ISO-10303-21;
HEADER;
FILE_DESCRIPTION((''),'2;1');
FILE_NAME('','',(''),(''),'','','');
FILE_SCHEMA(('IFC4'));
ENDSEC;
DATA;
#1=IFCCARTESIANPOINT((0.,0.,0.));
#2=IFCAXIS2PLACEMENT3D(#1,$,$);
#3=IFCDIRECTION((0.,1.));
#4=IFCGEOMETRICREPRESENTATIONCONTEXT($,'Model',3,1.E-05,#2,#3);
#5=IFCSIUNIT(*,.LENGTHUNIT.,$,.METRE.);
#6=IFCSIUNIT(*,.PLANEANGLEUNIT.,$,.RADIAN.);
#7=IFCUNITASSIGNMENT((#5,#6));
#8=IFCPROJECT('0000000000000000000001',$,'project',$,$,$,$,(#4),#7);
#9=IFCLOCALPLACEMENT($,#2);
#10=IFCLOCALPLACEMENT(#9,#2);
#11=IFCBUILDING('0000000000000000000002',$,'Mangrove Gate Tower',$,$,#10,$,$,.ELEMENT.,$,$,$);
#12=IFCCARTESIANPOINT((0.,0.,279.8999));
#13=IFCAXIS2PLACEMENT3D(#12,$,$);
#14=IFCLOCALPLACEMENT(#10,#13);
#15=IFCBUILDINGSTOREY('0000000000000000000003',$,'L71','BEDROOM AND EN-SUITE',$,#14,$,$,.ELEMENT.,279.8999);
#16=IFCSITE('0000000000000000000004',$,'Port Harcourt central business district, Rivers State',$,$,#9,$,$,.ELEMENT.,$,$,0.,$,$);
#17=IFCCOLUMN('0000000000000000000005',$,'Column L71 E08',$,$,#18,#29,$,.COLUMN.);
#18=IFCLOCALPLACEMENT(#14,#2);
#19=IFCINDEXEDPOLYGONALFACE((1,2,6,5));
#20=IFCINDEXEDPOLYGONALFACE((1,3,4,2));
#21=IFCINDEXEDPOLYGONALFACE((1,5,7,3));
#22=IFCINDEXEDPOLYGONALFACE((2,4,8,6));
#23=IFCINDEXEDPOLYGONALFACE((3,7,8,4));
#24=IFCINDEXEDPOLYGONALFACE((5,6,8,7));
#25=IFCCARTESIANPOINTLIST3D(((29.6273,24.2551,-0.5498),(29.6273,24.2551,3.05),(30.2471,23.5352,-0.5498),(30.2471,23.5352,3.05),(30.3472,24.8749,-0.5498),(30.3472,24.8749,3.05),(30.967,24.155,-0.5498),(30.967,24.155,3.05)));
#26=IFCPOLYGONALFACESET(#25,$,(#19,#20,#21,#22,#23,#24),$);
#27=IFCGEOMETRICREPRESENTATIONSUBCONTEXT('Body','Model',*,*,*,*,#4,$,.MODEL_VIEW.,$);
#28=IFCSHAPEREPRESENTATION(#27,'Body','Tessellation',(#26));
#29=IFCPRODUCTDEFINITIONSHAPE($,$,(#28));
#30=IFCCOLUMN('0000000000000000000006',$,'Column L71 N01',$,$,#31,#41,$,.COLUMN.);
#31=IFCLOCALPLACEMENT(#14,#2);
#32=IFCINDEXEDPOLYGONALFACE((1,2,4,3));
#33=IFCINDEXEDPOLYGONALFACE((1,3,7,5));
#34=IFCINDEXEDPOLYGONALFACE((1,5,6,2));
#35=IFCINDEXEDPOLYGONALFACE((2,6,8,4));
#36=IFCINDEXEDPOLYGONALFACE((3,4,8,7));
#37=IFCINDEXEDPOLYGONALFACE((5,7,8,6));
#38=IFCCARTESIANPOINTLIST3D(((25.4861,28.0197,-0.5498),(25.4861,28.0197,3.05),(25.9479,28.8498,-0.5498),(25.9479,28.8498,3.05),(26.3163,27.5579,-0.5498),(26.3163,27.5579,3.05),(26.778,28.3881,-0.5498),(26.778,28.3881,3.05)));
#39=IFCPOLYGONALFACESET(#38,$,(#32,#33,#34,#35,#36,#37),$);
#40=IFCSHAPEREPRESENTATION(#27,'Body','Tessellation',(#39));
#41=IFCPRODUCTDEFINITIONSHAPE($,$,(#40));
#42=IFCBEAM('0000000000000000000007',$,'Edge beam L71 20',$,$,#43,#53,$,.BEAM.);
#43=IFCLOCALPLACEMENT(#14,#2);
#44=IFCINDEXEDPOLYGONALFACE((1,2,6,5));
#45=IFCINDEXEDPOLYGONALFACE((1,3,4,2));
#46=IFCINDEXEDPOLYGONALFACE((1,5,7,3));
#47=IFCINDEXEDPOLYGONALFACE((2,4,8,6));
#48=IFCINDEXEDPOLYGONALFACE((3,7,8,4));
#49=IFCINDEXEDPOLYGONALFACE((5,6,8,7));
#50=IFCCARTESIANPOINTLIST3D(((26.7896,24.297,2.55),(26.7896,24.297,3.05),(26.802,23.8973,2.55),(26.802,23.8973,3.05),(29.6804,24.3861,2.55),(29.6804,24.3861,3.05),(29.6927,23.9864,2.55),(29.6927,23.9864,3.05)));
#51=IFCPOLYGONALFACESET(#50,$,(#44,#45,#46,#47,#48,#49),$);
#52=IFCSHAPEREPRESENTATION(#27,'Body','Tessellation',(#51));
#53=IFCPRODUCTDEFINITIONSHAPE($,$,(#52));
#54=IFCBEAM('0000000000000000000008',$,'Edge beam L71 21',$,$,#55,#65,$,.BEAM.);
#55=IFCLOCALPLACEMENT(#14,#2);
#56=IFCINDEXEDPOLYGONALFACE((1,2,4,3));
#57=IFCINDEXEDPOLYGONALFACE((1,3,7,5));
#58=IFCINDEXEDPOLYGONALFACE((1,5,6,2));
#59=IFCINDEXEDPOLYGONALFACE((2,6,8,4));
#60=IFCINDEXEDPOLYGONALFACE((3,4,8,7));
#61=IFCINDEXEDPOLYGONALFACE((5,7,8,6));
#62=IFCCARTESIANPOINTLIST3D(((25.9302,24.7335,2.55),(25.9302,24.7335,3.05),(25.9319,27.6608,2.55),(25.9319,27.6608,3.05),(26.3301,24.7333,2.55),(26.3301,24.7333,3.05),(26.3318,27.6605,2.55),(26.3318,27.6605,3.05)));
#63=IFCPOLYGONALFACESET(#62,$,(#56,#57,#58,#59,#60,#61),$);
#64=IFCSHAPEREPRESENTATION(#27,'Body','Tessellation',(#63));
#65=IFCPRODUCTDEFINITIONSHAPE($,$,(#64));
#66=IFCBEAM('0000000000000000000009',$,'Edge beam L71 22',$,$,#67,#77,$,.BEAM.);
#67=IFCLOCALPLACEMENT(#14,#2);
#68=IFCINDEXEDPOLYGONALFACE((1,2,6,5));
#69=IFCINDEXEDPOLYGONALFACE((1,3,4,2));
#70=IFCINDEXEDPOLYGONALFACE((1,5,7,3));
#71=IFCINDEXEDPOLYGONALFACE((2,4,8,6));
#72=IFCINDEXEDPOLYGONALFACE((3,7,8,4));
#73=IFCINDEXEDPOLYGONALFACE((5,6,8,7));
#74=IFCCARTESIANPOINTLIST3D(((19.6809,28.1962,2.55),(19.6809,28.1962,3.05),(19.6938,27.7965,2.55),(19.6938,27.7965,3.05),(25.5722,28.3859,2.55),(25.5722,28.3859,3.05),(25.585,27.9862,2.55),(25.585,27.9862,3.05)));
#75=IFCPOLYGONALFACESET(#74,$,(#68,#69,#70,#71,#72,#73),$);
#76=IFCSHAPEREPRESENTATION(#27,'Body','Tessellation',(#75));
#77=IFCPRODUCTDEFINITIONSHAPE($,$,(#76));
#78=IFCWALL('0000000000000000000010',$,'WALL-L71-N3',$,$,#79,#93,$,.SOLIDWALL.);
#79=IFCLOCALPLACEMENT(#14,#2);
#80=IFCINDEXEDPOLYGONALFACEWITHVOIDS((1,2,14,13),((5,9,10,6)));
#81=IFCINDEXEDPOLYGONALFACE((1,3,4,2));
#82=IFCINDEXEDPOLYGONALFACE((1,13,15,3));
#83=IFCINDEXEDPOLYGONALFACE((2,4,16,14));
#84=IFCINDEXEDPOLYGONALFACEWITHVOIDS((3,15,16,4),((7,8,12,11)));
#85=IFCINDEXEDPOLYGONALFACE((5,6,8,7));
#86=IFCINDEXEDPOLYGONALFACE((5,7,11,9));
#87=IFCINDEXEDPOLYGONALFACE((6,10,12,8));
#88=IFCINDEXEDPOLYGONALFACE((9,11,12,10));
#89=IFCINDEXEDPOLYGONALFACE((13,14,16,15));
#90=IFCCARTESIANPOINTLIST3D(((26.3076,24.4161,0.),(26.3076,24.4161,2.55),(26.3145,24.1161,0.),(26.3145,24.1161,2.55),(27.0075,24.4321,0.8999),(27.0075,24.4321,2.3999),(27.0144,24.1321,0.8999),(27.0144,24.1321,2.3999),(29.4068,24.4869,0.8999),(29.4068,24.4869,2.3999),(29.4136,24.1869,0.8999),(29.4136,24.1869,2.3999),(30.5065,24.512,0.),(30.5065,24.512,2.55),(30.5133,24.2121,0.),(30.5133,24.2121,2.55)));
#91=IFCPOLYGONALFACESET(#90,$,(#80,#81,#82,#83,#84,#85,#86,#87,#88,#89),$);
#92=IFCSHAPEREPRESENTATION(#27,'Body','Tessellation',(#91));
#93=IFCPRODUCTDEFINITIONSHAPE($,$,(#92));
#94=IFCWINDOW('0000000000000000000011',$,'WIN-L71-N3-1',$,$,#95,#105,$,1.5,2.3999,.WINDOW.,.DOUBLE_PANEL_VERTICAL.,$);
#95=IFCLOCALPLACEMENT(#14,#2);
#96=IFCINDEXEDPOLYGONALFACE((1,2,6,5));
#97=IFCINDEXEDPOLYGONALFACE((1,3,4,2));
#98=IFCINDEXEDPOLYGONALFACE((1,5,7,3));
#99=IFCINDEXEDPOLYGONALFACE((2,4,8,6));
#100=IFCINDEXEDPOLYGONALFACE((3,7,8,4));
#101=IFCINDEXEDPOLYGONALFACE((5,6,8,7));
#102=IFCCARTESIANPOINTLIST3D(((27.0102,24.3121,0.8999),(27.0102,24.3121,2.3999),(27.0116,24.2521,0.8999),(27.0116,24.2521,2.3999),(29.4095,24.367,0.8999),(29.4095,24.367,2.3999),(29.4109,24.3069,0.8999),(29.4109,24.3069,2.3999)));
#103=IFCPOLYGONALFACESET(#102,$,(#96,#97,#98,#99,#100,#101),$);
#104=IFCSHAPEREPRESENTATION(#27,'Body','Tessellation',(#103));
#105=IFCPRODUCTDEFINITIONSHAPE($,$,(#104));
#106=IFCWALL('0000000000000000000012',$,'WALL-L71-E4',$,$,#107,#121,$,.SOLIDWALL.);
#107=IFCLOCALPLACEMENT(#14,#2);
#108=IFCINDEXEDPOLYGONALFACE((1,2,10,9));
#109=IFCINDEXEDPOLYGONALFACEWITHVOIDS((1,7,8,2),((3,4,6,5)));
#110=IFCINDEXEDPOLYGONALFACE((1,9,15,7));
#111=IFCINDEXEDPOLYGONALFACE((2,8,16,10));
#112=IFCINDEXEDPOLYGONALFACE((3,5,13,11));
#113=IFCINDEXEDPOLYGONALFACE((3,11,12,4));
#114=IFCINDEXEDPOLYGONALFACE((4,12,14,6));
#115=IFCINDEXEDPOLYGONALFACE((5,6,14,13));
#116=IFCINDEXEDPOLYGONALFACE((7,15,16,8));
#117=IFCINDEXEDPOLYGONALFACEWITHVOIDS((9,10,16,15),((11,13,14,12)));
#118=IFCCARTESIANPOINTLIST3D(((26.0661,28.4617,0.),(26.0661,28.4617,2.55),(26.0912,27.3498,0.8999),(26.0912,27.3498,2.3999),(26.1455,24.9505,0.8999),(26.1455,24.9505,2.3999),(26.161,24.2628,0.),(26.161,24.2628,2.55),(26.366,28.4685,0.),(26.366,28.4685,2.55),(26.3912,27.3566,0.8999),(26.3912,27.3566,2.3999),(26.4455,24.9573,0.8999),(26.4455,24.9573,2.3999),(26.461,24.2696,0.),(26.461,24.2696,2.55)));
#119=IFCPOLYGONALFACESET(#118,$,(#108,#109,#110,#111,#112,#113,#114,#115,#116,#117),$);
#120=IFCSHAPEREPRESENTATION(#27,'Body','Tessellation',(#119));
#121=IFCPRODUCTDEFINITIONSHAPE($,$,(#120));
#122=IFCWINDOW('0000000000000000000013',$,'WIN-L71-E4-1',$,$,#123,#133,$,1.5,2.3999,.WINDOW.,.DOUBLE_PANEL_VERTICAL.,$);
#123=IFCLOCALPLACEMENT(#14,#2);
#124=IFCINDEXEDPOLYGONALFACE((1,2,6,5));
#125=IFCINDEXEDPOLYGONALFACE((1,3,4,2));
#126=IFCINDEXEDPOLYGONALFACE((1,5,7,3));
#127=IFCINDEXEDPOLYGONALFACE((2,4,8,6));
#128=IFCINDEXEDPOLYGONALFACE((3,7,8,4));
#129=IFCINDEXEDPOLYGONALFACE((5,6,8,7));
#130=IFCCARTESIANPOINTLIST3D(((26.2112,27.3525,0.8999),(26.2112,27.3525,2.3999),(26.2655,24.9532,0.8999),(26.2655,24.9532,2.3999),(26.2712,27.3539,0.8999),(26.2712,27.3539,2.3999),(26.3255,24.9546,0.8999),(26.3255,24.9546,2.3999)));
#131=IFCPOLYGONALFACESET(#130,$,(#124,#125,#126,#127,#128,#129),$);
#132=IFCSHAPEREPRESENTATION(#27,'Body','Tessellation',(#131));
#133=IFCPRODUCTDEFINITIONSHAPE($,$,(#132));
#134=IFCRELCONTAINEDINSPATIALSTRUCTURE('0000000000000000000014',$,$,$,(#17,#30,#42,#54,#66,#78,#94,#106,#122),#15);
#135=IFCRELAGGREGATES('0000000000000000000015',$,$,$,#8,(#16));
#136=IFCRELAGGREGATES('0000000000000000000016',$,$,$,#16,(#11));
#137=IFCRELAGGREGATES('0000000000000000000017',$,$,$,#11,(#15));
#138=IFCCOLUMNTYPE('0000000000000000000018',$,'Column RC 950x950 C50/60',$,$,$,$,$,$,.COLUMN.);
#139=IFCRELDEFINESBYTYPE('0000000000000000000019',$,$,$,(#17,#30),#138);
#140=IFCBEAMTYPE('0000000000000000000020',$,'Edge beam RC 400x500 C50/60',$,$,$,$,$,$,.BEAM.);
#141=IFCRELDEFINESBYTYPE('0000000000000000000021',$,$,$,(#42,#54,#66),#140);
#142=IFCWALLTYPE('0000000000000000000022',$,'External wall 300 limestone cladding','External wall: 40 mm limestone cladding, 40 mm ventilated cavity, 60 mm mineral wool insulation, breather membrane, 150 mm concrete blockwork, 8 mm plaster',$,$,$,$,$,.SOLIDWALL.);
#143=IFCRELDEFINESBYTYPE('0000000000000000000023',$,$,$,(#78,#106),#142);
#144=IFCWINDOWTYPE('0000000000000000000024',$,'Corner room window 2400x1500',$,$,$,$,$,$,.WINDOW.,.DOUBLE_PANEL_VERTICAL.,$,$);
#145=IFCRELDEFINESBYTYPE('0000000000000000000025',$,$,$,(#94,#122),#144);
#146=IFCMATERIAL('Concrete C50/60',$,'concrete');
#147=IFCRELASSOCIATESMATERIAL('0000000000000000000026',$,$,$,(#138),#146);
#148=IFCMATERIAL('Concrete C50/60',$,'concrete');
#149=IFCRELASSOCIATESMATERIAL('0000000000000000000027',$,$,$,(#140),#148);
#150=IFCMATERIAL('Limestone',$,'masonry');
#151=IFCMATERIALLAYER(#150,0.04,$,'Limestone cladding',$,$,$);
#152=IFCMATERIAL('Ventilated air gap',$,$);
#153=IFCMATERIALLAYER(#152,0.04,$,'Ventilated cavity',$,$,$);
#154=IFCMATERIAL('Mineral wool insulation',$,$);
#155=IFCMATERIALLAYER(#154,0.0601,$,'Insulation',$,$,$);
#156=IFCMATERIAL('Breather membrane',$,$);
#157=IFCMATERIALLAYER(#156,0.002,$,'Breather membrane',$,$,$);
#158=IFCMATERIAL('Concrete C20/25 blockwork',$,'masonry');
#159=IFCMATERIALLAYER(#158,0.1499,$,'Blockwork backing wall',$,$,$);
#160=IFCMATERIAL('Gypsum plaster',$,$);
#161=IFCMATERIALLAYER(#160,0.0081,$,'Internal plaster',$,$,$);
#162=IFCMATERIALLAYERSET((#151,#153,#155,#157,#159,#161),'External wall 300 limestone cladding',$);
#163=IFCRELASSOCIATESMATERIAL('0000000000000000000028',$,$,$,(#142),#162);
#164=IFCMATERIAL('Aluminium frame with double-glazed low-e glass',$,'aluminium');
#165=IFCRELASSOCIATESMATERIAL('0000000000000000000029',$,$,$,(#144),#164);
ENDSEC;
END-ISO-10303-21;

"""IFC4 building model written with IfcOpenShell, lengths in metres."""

from ifc_helpers import new_model, si_unit, direction, frame, frame_2d, origin, origin_2d, place, context, subcontext, project, spatial, rectangle, extrude, material, layer, layer_set, material_profile, profile_set, type_object, element, fill, save


model = new_model("IFC4")

# Units and contexts
model_context = context("Model", 3, precision=1e-05, world=origin(), true_north=direction((0.0, 1.0)))
body_context = subcontext(model_context, "Body", "Model", "MODEL_VIEW")
ifc_project = project(units=[si_unit("LENGTHUNIT", "METRE"), si_unit("PLANEANGLEUNIT", "RADIAN")], contexts=[model_context])

# Site, building, storey
site_placement = place(None, origin())
site = spatial("IfcSite", under=ifc_project, at=site_placement, Name="Port Harcourt central business district, Rivers State", CompositionType="ELEMENT", RefElevation=0.0)
building_placement = place(site_placement, origin())
building = spatial("IfcBuilding", under=site, at=building_placement, Name="Mangrove Gate Tower", CompositionType="ELEMENT")
storey_placement = place(building_placement, frame((0.0, 0.0, 279.8999)))
storey = spatial("IfcBuildingStorey", under=building, at=storey_placement, Name="L71", Description="BEDROOM AND EN-SUITE", CompositionType="ELEMENT", Elevation=279.8999)

# Columns
ifc_material_1 = material(Name="Concrete C50/60", Category="concrete")
ifc_material_profile_1 = material_profile(ifc_material_1, rectangle(XDim=0.95, YDim=0.95, at=origin_2d()))
ifc_profile_set_1 = profile_set([ifc_material_profile_1], Name="Concrete C50/60")
column_type = type_object("IfcColumnType", Name="Column RC 950x950 C50/60", PredefinedType="COLUMN", material=ifc_profile_set_1)
for number, where, z_axis, x_axis, name in (
    (1, (30.2971, 24.2051, -0.5498), (0.0, 0.0, 1.0), (-0.652446, 0.757835, 0.0), "Column L71 E08"),
    (2, (26.1321, 28.2039, -0.5498), (0.0, 0.0, 1.0), (-0.873907, 0.486093, 0.0), "Column L71 N01"),
):
    element("IfcColumn", number, at=place(storey_placement, frame(where, z_axis=z_axis, x_axis=x_axis)), inside=storey, type_object=column_type, Name=name, PredefinedType="COLUMN", context=body_context, shape_type="SweptSolid", body=[
        extrude(rectangle(XDim=0.95, YDim=0.95, at=origin_2d()), origin(), (0.0, 0.0, 1.0), 3.5999),
    ])

# Beams
ifc_material_2 = material(Name="Concrete C50/60", Category="concrete")
ifc_material_profile_2 = material_profile(ifc_material_2, rectangle(XDim=0.3999, YDim=0.5, at=origin_2d()))
ifc_profile_set_2 = profile_set([ifc_material_profile_2], Name="Concrete C50/60")
beam_type = type_object("IfcBeamType", Name="Edge beam RC 400x500 C50/60", PredefinedType="BEAM", material=ifc_profile_set_2)
beam_1_placement = place(storey_placement, frame((29.6865, 24.1863, 2.8), z_axis=(-0.999525, -0.030813, 0.0), x_axis=(0.030813, -0.999525, 0.0)))
element("IfcBeam", 3, at=beam_1_placement, inside=storey, type_object=beam_type, Name="Edge beam L71 20", PredefinedType="BEAM", context=body_context, shape_type="SweptSolid", body=[
    extrude(rectangle(XDim=0.3999, YDim=0.5, at=origin_2d()), origin(), (0.0, 0.0, 1.0), 2.8921),
])
beam_2_placement = place(storey_placement, frame((26.1301, 24.7334, 2.8), z_axis=(0.000584, 1.0, 0.0), x_axis=(-1.0, 0.000584, 0.0)))
element("IfcBeam", 4, at=beam_2_placement, inside=storey, type_object=beam_type, Name="Edge beam L71 21", PredefinedType="BEAM", context=body_context, shape_type="SweptSolid", body=[
    extrude(rectangle(XDim=0.3999, YDim=0.5, at=origin_2d()), origin(), (0.0, 0.0, 1.0), 2.9272),
])
beam_3_placement = place(storey_placement, frame((25.5786, 28.186, 2.8), z_axis=(-0.999482, -0.032184, 0.0), x_axis=(0.032184, -0.999482, 0.0)))
element("IfcBeam", 5, at=beam_3_placement, inside=storey, type_object=beam_type, Name="Edge beam L71 22", PredefinedType="BEAM", context=body_context, shape_type="SweptSolid", body=[
    extrude(rectangle(XDim=0.3999, YDim=0.5, at=origin_2d()), origin(), (0.0, 0.0, 1.0), 5.8943),
])

# Walls, openings, windows
ifc_material_3 = material(Name="Limestone", Category="masonry")
ifc_layer_1 = layer(ifc_material_3, 0.04, Name="Limestone cladding")
ifc_material_4 = material(Name="Ventilated air gap")
ifc_layer_2 = layer(ifc_material_4, 0.04, Name="Ventilated cavity")
ifc_material_5 = material(Name="Mineral wool insulation")
ifc_layer_3 = layer(ifc_material_5, 0.0601, Name="Insulation")
ifc_material_6 = material(Name="Breather membrane")
ifc_layer_4 = layer(ifc_material_6, 0.002, Name="Breather membrane")
ifc_material_7 = material(Name="Concrete C20/25 blockwork", Category="masonry")
ifc_layer_5 = layer(ifc_material_7, 0.1499, Name="Blockwork backing wall")
ifc_material_8 = material(Name="Gypsum plaster")
ifc_layer_6 = layer(ifc_material_8, 0.0081, Name="Internal plaster")
ifc_layer_set = layer_set([ifc_layer_1, ifc_layer_2, ifc_layer_3, ifc_layer_4, ifc_layer_5, ifc_layer_6], Name="External wall 300 limestone cladding")
wall_type = type_object("IfcWallType", Name="External wall 300 limestone cladding", Description="External wall: 40 mm limestone cladding, 40 mm ventilated cavity, 60 mm mineral wool insulation, breather membrane, 150 mm concrete blockwork, 8 mm plaster", PredefinedType="SOLIDWALL", material=ifc_layer_set)
wall_1_placement = place(storey_placement, frame((30.51, 24.3621, 0.0), z_axis=(0.0, 0.0, 1.0), x_axis=(-0.999739, -0.022844, 0.0)))
wall_1 = element("IfcWall", 6, at=wall_1_placement, inside=storey, type_object=wall_type, Name="WALL-L71-N3", PredefinedType="SOLIDWALL", context=body_context, shape_type="SweptSolid", body=[
    extrude(rectangle(XDim=4.2, YDim=0.3, at=frame_2d((2.1001, 0.0))), origin(), (0.0, 0.0, 1.0), 2.55),
])
opening_1_placement = place(wall_1_placement, frame((1.1001, 0.0, 0.8999)))
opening_1 = element("IfcOpeningElement", 7, at=opening_1_placement, cuts=wall_1, PredefinedType="OPENING", context=body_context, shape_type="SweptSolid", body=[
    extrude(rectangle(XDim=2.3999, YDim=1.5, at=frame_2d((1.2, 0.75))), frame((0.0, 0.1599, 0.0), z_axis=(0.0, -1.0, 0.0), x_axis=(1.0, 0.0, 0.0)), (0.0, 0.0, 1.0), 0.3201),
])
ifc_material_9 = material(Name="Aluminium frame with double-glazed low-e glass", Category="aluminium")
window_type = type_object("IfcWindowType", Name="Corner room window 2400x1500", PartitioningType="DOUBLE_PANEL_VERTICAL", PredefinedType="WINDOW", material=ifc_material_9)
window_1_placement = place(opening_1_placement, origin())
window_1 = element("IfcWindow", 8, at=window_1_placement, inside=storey, type_object=window_type, Name="WIN-L71-N3-1", OverallHeight=1.5, OverallWidth=2.3999, PartitioningType="DOUBLE_PANEL_VERTICAL", PredefinedType="WINDOW", context=body_context, shape_type="SweptSolid", body=[
    extrude(rectangle(XDim=2.3999, YDim=1.5, at=frame_2d((1.2, 0.75))), frame((0.0, 0.03, 0.0), z_axis=(0.0, -1.0, 0.0), x_axis=(1.0, 0.0, 0.0)), (0.0, 0.0, 1.0), 0.0601),
])
fill(opening_1, window_1)
wall_2_placement = place(storey_placement, frame((26.311, 24.2661, 0.0), z_axis=(0.0, 0.0, 1.0), x_axis=(-0.022612, 0.999744, 0.0)))
wall_2 = element("IfcWall", 9, at=wall_2_placement, inside=storey, type_object=wall_type, Name="WALL-L71-E4", PredefinedType="SOLIDWALL", context=body_context, shape_type="SweptSolid", body=[
    extrude(rectangle(XDim=4.2, YDim=0.3, at=frame_2d((2.1001, 0.0))), origin(), (0.0, 0.0, 1.0), 2.55),
])
opening_2_placement = place(wall_2_placement, frame((0.688, 0.0, 0.8999)))
opening_2 = element("IfcOpeningElement", 10, at=opening_2_placement, cuts=wall_2, PredefinedType="OPENING", context=body_context, shape_type="SweptSolid", body=[
    extrude(rectangle(XDim=2.3999, YDim=1.5, at=frame_2d((1.2, 0.75))), frame((0.0, 0.1599, 0.0), z_axis=(0.0, -1.0, 0.0), x_axis=(1.0, 0.0, 0.0)), (0.0, 0.0, 1.0), 0.3201),
])
window_2_placement = place(opening_2_placement, origin())
window_2 = element("IfcWindow", 11, at=window_2_placement, inside=storey, type_object=window_type, Name="WIN-L71-E4-1", OverallHeight=1.5, OverallWidth=2.3999, PartitioningType="DOUBLE_PANEL_VERTICAL", PredefinedType="WINDOW", context=body_context, shape_type="SweptSolid", body=[
    extrude(rectangle(XDim=2.3999, YDim=1.5, at=frame_2d((1.2, 0.75))), frame((0.0, 0.03, 0.0), z_axis=(0.0, -1.0, 0.0), x_axis=(1.0, 0.0, 0.0)), (0.0, 0.0, 1.0), 0.0601),
])
fill(opening_2, window_2)

save(model, "model.ifc")
